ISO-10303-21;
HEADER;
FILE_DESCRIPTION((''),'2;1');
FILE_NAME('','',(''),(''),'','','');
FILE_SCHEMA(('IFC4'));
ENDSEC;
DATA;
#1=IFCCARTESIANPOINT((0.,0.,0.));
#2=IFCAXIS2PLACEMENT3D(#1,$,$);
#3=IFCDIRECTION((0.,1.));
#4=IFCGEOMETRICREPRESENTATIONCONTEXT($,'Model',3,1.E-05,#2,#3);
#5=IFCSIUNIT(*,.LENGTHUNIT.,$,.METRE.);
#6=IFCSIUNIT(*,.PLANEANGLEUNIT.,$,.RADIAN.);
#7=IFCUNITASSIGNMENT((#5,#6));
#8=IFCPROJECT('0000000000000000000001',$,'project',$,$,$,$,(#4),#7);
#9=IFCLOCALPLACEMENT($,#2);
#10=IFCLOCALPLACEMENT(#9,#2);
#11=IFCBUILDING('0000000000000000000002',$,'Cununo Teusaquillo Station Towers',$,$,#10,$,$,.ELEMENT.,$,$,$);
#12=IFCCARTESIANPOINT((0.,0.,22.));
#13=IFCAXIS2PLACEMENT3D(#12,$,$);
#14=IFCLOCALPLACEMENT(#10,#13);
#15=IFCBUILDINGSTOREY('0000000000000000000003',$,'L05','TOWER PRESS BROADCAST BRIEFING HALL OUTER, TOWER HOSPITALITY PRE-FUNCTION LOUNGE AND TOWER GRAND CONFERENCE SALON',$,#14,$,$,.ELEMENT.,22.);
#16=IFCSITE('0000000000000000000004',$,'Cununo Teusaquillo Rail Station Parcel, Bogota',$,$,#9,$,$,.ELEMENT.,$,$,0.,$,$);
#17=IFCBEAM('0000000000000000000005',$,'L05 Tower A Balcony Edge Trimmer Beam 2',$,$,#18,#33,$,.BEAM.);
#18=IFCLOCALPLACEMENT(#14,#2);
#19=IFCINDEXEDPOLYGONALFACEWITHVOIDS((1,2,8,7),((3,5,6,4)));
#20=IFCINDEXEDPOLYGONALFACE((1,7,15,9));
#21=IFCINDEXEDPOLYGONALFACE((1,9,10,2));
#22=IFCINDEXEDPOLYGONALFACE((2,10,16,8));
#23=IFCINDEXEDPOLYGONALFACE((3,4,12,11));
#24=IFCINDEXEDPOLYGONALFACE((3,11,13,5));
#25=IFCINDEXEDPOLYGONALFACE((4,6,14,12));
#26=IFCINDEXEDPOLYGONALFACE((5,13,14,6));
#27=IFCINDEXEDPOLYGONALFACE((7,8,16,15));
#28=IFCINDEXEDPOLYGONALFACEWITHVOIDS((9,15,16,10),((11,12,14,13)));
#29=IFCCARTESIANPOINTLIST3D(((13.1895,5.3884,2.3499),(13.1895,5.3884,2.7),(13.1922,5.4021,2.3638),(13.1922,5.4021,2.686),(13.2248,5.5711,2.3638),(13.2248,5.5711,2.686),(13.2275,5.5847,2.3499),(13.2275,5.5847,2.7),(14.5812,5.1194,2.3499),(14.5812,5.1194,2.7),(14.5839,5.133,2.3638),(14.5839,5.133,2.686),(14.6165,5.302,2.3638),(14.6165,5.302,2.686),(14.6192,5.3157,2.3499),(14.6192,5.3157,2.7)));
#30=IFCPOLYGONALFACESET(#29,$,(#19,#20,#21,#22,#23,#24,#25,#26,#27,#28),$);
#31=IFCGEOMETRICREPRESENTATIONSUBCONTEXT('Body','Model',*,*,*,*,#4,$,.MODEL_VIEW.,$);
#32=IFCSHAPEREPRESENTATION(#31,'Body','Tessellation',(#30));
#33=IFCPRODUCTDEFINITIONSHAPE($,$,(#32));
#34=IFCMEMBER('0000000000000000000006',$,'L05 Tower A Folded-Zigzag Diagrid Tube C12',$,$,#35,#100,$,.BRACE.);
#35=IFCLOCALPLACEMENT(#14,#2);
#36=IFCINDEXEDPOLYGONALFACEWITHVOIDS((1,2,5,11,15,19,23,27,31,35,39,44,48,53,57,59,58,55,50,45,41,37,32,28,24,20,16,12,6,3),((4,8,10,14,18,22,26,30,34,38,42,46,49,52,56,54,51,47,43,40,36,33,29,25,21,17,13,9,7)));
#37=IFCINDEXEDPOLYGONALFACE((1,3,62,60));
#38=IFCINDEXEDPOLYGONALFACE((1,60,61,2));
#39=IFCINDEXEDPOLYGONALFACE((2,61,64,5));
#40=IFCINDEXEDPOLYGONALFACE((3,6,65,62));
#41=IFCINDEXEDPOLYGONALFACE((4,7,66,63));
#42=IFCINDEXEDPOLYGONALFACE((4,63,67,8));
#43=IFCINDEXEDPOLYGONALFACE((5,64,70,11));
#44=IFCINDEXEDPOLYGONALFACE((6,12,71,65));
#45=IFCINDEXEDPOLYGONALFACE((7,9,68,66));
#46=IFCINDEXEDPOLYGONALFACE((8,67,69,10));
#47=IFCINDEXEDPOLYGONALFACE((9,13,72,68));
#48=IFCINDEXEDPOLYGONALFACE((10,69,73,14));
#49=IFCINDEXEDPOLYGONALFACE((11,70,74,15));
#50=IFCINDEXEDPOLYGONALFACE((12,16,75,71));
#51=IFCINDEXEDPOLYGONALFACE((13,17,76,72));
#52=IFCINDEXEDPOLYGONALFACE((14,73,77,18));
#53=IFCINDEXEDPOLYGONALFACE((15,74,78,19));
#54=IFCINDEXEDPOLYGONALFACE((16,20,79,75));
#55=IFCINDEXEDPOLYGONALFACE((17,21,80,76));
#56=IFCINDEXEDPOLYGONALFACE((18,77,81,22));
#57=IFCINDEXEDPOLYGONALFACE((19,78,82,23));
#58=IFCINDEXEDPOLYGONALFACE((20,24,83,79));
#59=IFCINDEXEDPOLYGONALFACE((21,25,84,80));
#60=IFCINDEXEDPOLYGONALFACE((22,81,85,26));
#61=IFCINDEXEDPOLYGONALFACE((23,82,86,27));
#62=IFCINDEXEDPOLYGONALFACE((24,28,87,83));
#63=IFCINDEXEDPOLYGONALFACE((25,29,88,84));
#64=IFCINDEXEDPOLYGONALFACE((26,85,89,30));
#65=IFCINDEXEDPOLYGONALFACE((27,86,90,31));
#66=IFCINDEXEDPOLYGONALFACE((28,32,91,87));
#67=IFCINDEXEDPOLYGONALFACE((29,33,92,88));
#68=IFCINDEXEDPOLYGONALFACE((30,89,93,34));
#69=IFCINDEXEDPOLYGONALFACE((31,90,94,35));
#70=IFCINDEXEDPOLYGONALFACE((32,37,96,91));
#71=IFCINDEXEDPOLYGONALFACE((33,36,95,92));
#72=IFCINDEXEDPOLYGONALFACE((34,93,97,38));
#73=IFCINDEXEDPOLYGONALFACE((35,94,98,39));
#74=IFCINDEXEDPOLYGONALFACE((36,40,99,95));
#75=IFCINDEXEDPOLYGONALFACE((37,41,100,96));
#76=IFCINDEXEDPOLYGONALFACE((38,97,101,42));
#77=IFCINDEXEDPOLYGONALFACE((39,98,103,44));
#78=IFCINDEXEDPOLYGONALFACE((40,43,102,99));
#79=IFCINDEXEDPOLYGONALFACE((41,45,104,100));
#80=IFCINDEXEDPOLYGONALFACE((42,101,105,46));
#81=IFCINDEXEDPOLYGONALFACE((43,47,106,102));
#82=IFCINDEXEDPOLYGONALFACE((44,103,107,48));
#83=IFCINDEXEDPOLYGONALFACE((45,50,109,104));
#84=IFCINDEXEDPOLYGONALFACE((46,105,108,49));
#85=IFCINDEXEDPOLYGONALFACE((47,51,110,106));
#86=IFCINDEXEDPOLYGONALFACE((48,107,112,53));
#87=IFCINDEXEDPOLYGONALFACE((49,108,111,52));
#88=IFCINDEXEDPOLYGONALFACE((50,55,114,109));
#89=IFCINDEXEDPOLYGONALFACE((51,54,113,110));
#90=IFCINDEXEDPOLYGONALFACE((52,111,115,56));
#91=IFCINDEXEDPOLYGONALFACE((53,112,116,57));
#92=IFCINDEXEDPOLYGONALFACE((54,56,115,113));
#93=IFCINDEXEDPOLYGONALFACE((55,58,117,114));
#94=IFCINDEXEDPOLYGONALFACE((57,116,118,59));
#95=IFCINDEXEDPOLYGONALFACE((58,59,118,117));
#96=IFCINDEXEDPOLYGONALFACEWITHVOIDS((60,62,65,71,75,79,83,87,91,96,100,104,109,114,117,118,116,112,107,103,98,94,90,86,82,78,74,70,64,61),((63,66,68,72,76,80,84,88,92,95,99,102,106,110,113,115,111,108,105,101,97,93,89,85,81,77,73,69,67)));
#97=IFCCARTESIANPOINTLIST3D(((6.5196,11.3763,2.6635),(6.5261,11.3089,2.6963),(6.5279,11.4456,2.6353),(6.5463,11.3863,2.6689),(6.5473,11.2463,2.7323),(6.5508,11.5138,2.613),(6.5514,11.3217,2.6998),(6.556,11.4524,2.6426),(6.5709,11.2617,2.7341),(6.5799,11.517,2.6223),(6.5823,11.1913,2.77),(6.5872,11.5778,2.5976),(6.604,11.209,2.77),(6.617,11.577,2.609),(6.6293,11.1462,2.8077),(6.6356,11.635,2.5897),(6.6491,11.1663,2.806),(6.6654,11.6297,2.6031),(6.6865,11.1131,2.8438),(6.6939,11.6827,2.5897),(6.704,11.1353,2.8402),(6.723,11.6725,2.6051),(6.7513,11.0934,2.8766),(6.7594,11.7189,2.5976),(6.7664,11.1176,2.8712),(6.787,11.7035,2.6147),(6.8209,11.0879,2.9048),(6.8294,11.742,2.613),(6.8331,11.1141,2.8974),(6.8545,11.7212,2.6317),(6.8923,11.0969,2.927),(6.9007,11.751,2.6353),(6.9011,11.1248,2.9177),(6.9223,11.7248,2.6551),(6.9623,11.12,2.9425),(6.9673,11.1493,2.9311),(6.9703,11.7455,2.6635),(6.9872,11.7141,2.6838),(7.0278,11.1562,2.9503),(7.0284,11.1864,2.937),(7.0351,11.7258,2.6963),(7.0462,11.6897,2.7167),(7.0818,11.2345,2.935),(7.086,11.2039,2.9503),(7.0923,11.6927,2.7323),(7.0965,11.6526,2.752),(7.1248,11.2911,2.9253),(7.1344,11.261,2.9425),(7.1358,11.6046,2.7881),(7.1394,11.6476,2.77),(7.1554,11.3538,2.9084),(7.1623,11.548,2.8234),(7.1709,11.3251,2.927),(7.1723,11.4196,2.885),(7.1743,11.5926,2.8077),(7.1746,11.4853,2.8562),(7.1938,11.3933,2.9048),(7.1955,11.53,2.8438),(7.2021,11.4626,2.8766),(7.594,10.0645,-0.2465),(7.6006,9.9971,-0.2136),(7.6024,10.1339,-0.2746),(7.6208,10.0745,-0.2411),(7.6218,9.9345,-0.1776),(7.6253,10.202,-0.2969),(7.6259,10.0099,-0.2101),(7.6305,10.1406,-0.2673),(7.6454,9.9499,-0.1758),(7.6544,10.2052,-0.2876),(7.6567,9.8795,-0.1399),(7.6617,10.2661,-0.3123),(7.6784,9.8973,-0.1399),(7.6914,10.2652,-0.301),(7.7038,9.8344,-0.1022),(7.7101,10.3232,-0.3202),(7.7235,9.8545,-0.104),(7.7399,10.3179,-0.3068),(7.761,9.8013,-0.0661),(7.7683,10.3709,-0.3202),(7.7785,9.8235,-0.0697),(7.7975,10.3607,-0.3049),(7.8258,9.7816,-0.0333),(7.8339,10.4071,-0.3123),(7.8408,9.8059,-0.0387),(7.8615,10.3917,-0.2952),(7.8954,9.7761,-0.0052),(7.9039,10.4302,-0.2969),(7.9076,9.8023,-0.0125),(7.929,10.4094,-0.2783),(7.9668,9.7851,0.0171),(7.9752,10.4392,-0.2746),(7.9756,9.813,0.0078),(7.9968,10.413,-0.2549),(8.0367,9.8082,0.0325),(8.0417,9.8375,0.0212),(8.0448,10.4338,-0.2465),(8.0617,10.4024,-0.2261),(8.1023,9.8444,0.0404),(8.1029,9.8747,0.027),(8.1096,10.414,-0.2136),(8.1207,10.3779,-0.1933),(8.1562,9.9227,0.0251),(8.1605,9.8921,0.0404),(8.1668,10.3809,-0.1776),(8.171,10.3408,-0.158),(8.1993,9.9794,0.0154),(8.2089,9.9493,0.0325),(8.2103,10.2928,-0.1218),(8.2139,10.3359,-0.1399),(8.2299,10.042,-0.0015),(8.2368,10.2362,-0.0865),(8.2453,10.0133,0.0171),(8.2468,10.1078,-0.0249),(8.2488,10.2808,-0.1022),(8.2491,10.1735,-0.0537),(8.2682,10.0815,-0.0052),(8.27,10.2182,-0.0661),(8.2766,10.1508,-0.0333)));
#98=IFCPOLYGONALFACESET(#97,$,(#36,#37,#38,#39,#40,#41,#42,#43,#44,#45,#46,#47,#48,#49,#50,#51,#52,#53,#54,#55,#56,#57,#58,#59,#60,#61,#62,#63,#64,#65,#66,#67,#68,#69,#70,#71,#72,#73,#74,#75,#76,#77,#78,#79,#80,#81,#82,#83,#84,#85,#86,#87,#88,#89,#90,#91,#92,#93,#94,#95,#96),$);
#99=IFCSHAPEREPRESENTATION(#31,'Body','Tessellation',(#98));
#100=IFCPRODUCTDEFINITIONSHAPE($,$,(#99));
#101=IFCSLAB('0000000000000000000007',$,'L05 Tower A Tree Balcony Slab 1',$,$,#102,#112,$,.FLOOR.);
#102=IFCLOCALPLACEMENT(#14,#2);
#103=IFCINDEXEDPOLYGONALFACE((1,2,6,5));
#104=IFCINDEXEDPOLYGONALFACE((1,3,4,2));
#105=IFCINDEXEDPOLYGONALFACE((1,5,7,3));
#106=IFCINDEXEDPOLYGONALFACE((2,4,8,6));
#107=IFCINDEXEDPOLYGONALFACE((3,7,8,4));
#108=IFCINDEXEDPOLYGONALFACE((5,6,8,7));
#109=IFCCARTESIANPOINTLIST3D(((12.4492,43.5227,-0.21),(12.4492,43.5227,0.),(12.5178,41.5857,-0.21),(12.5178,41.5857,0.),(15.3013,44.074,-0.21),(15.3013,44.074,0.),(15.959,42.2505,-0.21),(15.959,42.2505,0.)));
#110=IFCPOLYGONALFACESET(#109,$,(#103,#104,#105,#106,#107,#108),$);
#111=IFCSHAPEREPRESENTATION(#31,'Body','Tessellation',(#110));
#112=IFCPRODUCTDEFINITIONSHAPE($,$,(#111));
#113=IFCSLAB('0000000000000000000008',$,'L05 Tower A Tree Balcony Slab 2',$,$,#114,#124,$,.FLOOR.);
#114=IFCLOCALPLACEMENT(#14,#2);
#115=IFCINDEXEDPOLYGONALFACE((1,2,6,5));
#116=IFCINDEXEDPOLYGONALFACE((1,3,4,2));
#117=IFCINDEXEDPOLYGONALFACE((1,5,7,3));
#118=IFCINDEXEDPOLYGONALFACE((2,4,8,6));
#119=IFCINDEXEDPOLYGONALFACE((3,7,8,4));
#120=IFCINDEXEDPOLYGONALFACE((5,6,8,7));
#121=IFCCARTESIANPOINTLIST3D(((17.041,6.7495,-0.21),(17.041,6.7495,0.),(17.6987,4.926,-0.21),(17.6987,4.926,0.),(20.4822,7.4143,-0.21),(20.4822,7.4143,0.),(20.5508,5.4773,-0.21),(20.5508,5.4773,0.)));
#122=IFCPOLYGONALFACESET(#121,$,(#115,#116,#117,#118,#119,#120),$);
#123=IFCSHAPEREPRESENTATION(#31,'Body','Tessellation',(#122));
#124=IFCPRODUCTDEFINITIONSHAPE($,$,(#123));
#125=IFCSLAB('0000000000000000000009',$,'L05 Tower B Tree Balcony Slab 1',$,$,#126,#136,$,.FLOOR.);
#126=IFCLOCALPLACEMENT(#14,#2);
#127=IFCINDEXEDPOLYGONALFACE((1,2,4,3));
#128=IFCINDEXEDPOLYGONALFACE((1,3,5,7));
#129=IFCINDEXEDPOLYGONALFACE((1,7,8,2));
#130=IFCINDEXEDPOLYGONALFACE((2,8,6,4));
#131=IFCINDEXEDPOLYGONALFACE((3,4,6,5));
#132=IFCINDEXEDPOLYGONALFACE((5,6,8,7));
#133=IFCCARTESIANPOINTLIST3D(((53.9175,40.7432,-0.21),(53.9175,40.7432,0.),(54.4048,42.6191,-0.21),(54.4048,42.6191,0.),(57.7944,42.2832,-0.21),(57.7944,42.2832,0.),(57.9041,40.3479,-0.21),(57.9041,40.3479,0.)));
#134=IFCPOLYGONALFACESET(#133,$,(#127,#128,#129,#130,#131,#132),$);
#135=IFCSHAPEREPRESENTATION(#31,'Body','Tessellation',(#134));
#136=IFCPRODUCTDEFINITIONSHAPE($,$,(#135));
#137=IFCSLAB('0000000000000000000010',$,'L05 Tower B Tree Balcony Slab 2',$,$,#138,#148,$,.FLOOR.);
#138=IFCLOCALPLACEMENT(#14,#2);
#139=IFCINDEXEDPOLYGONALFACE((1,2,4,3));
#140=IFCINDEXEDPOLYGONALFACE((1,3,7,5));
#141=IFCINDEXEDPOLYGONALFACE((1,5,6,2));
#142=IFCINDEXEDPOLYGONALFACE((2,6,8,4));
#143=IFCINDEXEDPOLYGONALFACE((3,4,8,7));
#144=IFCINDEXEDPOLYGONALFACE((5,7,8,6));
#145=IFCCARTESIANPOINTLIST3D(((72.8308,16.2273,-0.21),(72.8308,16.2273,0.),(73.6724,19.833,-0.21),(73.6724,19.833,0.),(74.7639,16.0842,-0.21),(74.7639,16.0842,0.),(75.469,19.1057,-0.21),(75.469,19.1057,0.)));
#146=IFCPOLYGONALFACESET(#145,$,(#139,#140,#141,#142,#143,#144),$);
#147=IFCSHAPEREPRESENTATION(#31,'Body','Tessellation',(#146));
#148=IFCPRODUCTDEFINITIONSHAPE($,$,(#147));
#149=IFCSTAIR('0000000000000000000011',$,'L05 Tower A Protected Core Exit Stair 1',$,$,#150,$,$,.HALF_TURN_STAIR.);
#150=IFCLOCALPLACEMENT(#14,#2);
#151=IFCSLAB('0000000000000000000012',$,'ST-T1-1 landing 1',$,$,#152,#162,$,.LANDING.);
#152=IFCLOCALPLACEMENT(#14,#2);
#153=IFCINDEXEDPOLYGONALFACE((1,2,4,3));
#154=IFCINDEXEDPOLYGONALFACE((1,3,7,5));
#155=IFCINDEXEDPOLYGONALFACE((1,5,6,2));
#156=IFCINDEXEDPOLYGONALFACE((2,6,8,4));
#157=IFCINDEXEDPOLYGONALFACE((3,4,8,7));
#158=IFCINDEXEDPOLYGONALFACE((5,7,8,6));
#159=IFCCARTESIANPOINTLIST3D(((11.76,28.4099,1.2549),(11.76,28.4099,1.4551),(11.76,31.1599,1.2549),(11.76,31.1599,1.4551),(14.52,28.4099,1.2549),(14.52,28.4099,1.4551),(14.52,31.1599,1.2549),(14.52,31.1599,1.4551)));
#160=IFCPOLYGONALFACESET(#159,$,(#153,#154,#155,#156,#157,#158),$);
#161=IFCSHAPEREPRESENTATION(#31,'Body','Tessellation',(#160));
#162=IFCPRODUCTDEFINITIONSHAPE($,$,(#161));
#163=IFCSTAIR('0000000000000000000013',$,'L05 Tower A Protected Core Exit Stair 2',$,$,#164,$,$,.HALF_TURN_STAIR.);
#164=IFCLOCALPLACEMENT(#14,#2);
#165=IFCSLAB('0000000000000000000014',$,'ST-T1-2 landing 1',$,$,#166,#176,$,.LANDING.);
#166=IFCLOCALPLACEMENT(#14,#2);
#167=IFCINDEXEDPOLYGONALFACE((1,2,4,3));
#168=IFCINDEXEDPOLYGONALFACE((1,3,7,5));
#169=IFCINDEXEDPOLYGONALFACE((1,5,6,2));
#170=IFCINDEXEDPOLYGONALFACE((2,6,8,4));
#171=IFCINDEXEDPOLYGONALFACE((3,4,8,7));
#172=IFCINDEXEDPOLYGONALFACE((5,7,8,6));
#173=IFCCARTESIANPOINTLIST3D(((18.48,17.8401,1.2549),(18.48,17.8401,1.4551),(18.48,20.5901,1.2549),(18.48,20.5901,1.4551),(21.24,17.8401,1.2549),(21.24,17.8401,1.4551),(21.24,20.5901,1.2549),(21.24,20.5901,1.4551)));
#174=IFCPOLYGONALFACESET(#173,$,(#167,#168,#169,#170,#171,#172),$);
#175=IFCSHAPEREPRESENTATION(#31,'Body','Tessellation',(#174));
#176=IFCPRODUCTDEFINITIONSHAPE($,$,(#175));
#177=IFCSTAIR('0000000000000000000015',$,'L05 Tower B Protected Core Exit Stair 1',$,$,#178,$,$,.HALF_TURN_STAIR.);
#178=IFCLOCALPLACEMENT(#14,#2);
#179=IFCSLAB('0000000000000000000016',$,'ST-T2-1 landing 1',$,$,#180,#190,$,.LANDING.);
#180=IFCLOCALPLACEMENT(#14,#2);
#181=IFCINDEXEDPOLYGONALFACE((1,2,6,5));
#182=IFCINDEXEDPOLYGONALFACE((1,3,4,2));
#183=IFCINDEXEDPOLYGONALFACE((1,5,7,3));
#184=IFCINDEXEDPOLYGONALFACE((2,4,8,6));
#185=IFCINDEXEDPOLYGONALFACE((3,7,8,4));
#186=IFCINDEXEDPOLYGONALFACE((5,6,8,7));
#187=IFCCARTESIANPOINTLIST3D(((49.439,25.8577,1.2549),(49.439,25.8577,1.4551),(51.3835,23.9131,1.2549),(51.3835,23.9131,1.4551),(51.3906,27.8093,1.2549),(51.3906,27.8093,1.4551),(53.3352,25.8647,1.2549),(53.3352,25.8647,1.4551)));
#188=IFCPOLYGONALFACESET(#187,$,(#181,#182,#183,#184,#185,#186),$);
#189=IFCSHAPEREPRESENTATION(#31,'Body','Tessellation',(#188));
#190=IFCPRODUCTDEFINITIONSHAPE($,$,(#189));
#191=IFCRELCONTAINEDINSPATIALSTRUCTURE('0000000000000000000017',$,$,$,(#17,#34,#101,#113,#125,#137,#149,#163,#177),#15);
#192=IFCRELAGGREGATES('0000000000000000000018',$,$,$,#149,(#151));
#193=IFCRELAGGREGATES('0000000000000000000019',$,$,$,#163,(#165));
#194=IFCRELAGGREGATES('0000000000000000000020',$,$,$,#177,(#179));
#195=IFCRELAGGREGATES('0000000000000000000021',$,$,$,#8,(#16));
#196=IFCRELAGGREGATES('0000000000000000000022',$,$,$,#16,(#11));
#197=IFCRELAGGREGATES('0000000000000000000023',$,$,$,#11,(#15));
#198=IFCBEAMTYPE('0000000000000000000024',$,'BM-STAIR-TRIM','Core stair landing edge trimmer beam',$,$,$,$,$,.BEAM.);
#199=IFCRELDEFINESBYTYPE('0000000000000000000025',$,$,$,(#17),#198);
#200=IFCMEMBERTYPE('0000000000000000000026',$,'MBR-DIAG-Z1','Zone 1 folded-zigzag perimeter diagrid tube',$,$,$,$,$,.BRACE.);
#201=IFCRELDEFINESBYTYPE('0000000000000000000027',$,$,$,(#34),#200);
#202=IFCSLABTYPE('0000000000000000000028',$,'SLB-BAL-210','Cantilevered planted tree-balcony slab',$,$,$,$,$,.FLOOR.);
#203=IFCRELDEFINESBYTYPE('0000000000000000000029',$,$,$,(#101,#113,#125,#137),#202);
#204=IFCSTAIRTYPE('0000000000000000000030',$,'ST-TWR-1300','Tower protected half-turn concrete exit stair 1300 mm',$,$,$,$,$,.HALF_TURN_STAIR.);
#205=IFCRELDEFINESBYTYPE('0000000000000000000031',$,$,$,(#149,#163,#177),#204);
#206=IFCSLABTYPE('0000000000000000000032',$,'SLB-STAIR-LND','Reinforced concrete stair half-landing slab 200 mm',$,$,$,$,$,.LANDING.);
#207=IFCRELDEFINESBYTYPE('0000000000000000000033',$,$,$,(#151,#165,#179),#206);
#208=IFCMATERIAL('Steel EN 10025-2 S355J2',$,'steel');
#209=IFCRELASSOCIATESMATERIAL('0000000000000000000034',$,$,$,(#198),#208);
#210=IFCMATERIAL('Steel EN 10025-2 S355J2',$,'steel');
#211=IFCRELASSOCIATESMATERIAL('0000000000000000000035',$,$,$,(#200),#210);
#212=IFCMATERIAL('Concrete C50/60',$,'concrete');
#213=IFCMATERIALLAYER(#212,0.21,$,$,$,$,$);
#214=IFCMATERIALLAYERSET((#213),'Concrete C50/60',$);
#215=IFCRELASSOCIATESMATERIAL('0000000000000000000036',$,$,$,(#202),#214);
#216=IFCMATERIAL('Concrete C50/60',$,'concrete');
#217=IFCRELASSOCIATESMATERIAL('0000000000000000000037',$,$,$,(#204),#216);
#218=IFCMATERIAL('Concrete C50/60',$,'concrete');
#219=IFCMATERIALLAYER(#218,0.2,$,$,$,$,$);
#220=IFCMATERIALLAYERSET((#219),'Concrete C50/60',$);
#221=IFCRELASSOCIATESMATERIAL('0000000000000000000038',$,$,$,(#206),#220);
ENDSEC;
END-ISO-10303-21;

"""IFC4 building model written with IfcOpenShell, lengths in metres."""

from ifc_helpers import new_model, si_unit, direction, frame, origin, origin_2d, place, context, subcontext, project, spatial, polyline, hollow_rectangle, hollow_circle, outline, extrude, material, layer, layer_set, material_profile, profile_set, type_object, element, aggregate, save


model = new_model("IFC4")

# Units and contexts
model_context = context("Model", 3, precision=1e-05, world=origin(), true_north=direction((0.0, 1.0)))
body_context = subcontext(model_context, "Body", "Model", "MODEL_VIEW")
ifc_project = project(units=[si_unit("LENGTHUNIT", "METRE"), si_unit("PLANEANGLEUNIT", "RADIAN")], contexts=[model_context])

# Site, building, storey
site_placement = place(None, origin())
site = spatial("IfcSite", under=ifc_project, at=site_placement, Name="Cununo Teusaquillo Rail Station Parcel, Bogota", CompositionType="ELEMENT", RefElevation=0.0)
building_placement = place(site_placement, origin())
building = spatial("IfcBuilding", under=site, at=building_placement, Name="Cununo Teusaquillo Station Towers", CompositionType="ELEMENT")
storey_placement = place(building_placement, frame((0.0, 0.0, 22.0)))
storey = spatial("IfcBuildingStorey", under=building, at=storey_placement, Name="L05", Description="TOWER PRESS BROADCAST BRIEFING HALL OUTER, TOWER HOSPITALITY PRE-FUNCTION LOUNGE AND TOWER GRAND CONFERENCE SALON", CompositionType="ELEMENT", Elevation=22.0)

# Beam
ifc_material_1 = material(Name="Steel EN 10025-2 S355J2", Category="steel")
ifc_material_profile_1 = material_profile(ifc_material_1, hollow_rectangle(XDim=0.2, YDim=0.3501, WallThickness=0.0139, at=origin_2d()), Name="RHS 350x200x14")
ifc_profile_set_1 = profile_set([ifc_material_profile_1], Name="Steel EN 10025-2 S355J2")
beam_type_1 = type_object("IfcBeamType", Name="BM-STAIR-TRIM", Description="Core stair landing edge trimmer beam", PredefinedType="BEAM", material=ifc_profile_set_1)
beam_1_placement = place(storey_placement, frame((13.2085, 5.4866, 2.5249), z_axis=(0.981819, -0.189818, 0.0), x_axis=(0.189818, 0.981819, 0.0)))
element("IfcBeam", 1, at=beam_1_placement, inside=storey, type_object=beam_type_1, Name="L05 Tower A Balcony Edge Trimmer Beam 2", PredefinedType="BEAM", context=body_context, shape_type="SweptSolid", body=[
    extrude(hollow_rectangle(XDim=0.2, YDim=0.3501, WallThickness=0.0139, at=origin_2d()), origin(), (0.0, 0.0, 1.0), 1.4175),
])

# Member
ifc_material_2 = material(Name="Steel EN 10025-2 S355J2", Category="steel")
ifc_material_profile_2 = material_profile(ifc_material_2, hollow_circle(Radius=0.3601, WallThickness=0.0281, at=origin_2d()), Name="CHS 720x28")
ifc_profile_set_2 = profile_set([ifc_material_profile_2], Name="Steel EN 10025-2 S355J2")
member_type = type_object("IfcMemberType", Name="MBR-DIAG-Z1", Description="Zone 1 folded-zigzag perimeter diagrid tube", PredefinedType="BRACE", material=ifc_profile_set_2)
member_placement = place(storey_placement, frame((7.9353, 10.1077, -0.1399), z_axis=(-0.31903, 0.389491, 0.864012), x_axis=(-0.773611, -0.633661, 0.0)))
element("IfcMember", 2, at=member_placement, inside=storey, type_object=member_type, Name="L05 Tower A Folded-Zigzag Diagrid Tube C12", PredefinedType="BRACE", context=body_context, shape_type="SweptSolid", body=[
    extrude(hollow_circle(Radius=0.3601, WallThickness=0.0281, at=origin_2d()), origin(), (0.0, 0.0, 1.0), 3.3679),
])

# Slabs
ifc_material_3 = material(Name="Concrete C50/60", Category="concrete")
ifc_layer_1 = layer(ifc_material_3, 0.21)
ifc_layer_set_1 = layer_set([ifc_layer_1], Name="Concrete C50/60")
slab_type_1 = type_object("IfcSlabType", Name="SLB-BAL-210", Description="Cantilevered planted tree-balcony slab", PredefinedType="FLOOR", material=ifc_layer_set_1)
slab_1_placement = place(storey_placement, frame((0.0, 0.0, -0.21)))
element("IfcSlab", 3, at=slab_1_placement, inside=storey, type_object=slab_type_1, Name="L05 Tower A Tree Balcony Slab 1", PredefinedType="FLOOR", context=body_context, shape_type="SweptSolid", body=[
    extrude(outline(polyline([(15.959, 42.2505), (12.5178, 41.5857), (12.4492, 43.5227), (15.3013, 44.074), (15.959, 42.2505)])), origin(), (0.0, 0.0, 1.0), 0.21),
])
slab_2_placement = place(storey_placement, frame((0.0, 0.0, -0.21)))
element("IfcSlab", 4, at=slab_2_placement, inside=storey, type_object=slab_type_1, Name="L05 Tower A Tree Balcony Slab 2", PredefinedType="FLOOR", context=body_context, shape_type="SweptSolid", body=[
    extrude(outline(polyline([(17.041, 6.7495), (20.4822, 7.4143), (20.5508, 5.4773), (17.6987, 4.926), (17.041, 6.7495)])), origin(), (0.0, 0.0, 1.0), 0.21),
])
slab_3_placement = place(storey_placement, frame((0.0, 0.0, -0.21)))
element("IfcSlab", 5, at=slab_3_placement, inside=storey, type_object=slab_type_1, Name="L05 Tower B Tree Balcony Slab 1", PredefinedType="FLOOR", context=body_context, shape_type="SweptSolid", body=[
    extrude(outline(polyline([(57.9041, 40.3479), (53.9175, 40.7432), (54.4048, 42.6191), (57.7944, 42.2832), (57.9041, 40.3479)])), origin(), (0.0, 0.0, 1.0), 0.21),
])
slab_4_placement = place(storey_placement, frame((0.0, 0.0, -0.21)))
element("IfcSlab", 6, at=slab_4_placement, inside=storey, type_object=slab_type_1, Name="L05 Tower B Tree Balcony Slab 2", PredefinedType="FLOOR", context=body_context, shape_type="SweptSolid", body=[
    extrude(outline(polyline([(72.8308, 16.2273), (73.6724, 19.833), (75.469, 19.1057), (74.7639, 16.0842), (72.8308, 16.2273)])), origin(), (0.0, 0.0, 1.0), 0.21),
])

# Stairs, slabs
ifc_material_4 = material(Name="Concrete C50/60", Category="concrete")
stair_type = type_object("IfcStairType", Name="ST-TWR-1300", Description="Tower protected half-turn concrete exit stair 1300 mm", PredefinedType="HALF_TURN_STAIR", material=ifc_material_4)
stair_1_placement = place(storey_placement, origin())
stair_1 = element("IfcStair", 7, at=stair_1_placement, inside=storey, type_object=stair_type, Name="L05 Tower A Protected Core Exit Stair 1", PredefinedType="HALF_TURN_STAIR")
ifc_material_5 = material(Name="Concrete C50/60", Category="concrete")
ifc_layer_2 = layer(ifc_material_5, 0.2)
ifc_layer_set_2 = layer_set([ifc_layer_2], Name="Concrete C50/60")
slab_type_2 = type_object("IfcSlabType", Name="SLB-STAIR-LND", Description="Reinforced concrete stair half-landing slab 200 mm", PredefinedType="LANDING", material=ifc_layer_set_2)
slab_5_placement = place(storey_placement, frame((0.0, 0.0, 1.2549)))
slab_5 = element("IfcSlab", 8, at=slab_5_placement, type_object=slab_type_2, Name="ST-T1-1 landing 1", PredefinedType="LANDING", context=body_context, shape_type="SweptSolid", body=[
    extrude(outline(polyline([(14.52, 28.4099), (14.52, 31.1599), (11.76, 31.1599), (11.76, 28.4099), (14.52, 28.4099)])), origin(), (0.0, 0.0, 1.0), 0.2002),
])
aggregate(stair_1, [slab_5])
stair_2_placement = place(storey_placement, origin())
stair_2 = element("IfcStair", 9, at=stair_2_placement, inside=storey, type_object=stair_type, Name="L05 Tower A Protected Core Exit Stair 2", PredefinedType="HALF_TURN_STAIR")
slab_6_placement = place(storey_placement, frame((0.0, 0.0, 1.2549)))
slab_6 = element("IfcSlab", 10, at=slab_6_placement, type_object=slab_type_2, Name="ST-T1-2 landing 1", PredefinedType="LANDING", context=body_context, shape_type="SweptSolid", body=[
    extrude(outline(polyline([(18.48, 20.5901), (18.48, 17.8401), (21.24, 17.8401), (21.24, 20.5901), (18.48, 20.5901)])), origin(), (0.0, 0.0, 1.0), 0.2002),
])
aggregate(stair_2, [slab_6])
stair_3_placement = place(storey_placement, origin())
stair_3 = element("IfcStair", 11, at=stair_3_placement, inside=storey, type_object=stair_type, Name="L05 Tower B Protected Core Exit Stair 1", PredefinedType="HALF_TURN_STAIR")
slab_7_placement = place(storey_placement, frame((0.0, 0.0, 1.2549)))
slab_7 = element("IfcSlab", 12, at=slab_7_placement, type_object=slab_type_2, Name="ST-T2-1 landing 1", PredefinedType="LANDING", context=body_context, shape_type="SweptSolid", body=[
    extrude(outline(polyline([(53.3352, 25.8647), (51.3906, 27.8093), (49.439, 25.8577), (51.3835, 23.9131), (53.3352, 25.8647)])), origin(), (0.0, 0.0, 1.0), 0.2002),
])
aggregate(stair_3, [slab_7])

save(model, "model.ifc")
